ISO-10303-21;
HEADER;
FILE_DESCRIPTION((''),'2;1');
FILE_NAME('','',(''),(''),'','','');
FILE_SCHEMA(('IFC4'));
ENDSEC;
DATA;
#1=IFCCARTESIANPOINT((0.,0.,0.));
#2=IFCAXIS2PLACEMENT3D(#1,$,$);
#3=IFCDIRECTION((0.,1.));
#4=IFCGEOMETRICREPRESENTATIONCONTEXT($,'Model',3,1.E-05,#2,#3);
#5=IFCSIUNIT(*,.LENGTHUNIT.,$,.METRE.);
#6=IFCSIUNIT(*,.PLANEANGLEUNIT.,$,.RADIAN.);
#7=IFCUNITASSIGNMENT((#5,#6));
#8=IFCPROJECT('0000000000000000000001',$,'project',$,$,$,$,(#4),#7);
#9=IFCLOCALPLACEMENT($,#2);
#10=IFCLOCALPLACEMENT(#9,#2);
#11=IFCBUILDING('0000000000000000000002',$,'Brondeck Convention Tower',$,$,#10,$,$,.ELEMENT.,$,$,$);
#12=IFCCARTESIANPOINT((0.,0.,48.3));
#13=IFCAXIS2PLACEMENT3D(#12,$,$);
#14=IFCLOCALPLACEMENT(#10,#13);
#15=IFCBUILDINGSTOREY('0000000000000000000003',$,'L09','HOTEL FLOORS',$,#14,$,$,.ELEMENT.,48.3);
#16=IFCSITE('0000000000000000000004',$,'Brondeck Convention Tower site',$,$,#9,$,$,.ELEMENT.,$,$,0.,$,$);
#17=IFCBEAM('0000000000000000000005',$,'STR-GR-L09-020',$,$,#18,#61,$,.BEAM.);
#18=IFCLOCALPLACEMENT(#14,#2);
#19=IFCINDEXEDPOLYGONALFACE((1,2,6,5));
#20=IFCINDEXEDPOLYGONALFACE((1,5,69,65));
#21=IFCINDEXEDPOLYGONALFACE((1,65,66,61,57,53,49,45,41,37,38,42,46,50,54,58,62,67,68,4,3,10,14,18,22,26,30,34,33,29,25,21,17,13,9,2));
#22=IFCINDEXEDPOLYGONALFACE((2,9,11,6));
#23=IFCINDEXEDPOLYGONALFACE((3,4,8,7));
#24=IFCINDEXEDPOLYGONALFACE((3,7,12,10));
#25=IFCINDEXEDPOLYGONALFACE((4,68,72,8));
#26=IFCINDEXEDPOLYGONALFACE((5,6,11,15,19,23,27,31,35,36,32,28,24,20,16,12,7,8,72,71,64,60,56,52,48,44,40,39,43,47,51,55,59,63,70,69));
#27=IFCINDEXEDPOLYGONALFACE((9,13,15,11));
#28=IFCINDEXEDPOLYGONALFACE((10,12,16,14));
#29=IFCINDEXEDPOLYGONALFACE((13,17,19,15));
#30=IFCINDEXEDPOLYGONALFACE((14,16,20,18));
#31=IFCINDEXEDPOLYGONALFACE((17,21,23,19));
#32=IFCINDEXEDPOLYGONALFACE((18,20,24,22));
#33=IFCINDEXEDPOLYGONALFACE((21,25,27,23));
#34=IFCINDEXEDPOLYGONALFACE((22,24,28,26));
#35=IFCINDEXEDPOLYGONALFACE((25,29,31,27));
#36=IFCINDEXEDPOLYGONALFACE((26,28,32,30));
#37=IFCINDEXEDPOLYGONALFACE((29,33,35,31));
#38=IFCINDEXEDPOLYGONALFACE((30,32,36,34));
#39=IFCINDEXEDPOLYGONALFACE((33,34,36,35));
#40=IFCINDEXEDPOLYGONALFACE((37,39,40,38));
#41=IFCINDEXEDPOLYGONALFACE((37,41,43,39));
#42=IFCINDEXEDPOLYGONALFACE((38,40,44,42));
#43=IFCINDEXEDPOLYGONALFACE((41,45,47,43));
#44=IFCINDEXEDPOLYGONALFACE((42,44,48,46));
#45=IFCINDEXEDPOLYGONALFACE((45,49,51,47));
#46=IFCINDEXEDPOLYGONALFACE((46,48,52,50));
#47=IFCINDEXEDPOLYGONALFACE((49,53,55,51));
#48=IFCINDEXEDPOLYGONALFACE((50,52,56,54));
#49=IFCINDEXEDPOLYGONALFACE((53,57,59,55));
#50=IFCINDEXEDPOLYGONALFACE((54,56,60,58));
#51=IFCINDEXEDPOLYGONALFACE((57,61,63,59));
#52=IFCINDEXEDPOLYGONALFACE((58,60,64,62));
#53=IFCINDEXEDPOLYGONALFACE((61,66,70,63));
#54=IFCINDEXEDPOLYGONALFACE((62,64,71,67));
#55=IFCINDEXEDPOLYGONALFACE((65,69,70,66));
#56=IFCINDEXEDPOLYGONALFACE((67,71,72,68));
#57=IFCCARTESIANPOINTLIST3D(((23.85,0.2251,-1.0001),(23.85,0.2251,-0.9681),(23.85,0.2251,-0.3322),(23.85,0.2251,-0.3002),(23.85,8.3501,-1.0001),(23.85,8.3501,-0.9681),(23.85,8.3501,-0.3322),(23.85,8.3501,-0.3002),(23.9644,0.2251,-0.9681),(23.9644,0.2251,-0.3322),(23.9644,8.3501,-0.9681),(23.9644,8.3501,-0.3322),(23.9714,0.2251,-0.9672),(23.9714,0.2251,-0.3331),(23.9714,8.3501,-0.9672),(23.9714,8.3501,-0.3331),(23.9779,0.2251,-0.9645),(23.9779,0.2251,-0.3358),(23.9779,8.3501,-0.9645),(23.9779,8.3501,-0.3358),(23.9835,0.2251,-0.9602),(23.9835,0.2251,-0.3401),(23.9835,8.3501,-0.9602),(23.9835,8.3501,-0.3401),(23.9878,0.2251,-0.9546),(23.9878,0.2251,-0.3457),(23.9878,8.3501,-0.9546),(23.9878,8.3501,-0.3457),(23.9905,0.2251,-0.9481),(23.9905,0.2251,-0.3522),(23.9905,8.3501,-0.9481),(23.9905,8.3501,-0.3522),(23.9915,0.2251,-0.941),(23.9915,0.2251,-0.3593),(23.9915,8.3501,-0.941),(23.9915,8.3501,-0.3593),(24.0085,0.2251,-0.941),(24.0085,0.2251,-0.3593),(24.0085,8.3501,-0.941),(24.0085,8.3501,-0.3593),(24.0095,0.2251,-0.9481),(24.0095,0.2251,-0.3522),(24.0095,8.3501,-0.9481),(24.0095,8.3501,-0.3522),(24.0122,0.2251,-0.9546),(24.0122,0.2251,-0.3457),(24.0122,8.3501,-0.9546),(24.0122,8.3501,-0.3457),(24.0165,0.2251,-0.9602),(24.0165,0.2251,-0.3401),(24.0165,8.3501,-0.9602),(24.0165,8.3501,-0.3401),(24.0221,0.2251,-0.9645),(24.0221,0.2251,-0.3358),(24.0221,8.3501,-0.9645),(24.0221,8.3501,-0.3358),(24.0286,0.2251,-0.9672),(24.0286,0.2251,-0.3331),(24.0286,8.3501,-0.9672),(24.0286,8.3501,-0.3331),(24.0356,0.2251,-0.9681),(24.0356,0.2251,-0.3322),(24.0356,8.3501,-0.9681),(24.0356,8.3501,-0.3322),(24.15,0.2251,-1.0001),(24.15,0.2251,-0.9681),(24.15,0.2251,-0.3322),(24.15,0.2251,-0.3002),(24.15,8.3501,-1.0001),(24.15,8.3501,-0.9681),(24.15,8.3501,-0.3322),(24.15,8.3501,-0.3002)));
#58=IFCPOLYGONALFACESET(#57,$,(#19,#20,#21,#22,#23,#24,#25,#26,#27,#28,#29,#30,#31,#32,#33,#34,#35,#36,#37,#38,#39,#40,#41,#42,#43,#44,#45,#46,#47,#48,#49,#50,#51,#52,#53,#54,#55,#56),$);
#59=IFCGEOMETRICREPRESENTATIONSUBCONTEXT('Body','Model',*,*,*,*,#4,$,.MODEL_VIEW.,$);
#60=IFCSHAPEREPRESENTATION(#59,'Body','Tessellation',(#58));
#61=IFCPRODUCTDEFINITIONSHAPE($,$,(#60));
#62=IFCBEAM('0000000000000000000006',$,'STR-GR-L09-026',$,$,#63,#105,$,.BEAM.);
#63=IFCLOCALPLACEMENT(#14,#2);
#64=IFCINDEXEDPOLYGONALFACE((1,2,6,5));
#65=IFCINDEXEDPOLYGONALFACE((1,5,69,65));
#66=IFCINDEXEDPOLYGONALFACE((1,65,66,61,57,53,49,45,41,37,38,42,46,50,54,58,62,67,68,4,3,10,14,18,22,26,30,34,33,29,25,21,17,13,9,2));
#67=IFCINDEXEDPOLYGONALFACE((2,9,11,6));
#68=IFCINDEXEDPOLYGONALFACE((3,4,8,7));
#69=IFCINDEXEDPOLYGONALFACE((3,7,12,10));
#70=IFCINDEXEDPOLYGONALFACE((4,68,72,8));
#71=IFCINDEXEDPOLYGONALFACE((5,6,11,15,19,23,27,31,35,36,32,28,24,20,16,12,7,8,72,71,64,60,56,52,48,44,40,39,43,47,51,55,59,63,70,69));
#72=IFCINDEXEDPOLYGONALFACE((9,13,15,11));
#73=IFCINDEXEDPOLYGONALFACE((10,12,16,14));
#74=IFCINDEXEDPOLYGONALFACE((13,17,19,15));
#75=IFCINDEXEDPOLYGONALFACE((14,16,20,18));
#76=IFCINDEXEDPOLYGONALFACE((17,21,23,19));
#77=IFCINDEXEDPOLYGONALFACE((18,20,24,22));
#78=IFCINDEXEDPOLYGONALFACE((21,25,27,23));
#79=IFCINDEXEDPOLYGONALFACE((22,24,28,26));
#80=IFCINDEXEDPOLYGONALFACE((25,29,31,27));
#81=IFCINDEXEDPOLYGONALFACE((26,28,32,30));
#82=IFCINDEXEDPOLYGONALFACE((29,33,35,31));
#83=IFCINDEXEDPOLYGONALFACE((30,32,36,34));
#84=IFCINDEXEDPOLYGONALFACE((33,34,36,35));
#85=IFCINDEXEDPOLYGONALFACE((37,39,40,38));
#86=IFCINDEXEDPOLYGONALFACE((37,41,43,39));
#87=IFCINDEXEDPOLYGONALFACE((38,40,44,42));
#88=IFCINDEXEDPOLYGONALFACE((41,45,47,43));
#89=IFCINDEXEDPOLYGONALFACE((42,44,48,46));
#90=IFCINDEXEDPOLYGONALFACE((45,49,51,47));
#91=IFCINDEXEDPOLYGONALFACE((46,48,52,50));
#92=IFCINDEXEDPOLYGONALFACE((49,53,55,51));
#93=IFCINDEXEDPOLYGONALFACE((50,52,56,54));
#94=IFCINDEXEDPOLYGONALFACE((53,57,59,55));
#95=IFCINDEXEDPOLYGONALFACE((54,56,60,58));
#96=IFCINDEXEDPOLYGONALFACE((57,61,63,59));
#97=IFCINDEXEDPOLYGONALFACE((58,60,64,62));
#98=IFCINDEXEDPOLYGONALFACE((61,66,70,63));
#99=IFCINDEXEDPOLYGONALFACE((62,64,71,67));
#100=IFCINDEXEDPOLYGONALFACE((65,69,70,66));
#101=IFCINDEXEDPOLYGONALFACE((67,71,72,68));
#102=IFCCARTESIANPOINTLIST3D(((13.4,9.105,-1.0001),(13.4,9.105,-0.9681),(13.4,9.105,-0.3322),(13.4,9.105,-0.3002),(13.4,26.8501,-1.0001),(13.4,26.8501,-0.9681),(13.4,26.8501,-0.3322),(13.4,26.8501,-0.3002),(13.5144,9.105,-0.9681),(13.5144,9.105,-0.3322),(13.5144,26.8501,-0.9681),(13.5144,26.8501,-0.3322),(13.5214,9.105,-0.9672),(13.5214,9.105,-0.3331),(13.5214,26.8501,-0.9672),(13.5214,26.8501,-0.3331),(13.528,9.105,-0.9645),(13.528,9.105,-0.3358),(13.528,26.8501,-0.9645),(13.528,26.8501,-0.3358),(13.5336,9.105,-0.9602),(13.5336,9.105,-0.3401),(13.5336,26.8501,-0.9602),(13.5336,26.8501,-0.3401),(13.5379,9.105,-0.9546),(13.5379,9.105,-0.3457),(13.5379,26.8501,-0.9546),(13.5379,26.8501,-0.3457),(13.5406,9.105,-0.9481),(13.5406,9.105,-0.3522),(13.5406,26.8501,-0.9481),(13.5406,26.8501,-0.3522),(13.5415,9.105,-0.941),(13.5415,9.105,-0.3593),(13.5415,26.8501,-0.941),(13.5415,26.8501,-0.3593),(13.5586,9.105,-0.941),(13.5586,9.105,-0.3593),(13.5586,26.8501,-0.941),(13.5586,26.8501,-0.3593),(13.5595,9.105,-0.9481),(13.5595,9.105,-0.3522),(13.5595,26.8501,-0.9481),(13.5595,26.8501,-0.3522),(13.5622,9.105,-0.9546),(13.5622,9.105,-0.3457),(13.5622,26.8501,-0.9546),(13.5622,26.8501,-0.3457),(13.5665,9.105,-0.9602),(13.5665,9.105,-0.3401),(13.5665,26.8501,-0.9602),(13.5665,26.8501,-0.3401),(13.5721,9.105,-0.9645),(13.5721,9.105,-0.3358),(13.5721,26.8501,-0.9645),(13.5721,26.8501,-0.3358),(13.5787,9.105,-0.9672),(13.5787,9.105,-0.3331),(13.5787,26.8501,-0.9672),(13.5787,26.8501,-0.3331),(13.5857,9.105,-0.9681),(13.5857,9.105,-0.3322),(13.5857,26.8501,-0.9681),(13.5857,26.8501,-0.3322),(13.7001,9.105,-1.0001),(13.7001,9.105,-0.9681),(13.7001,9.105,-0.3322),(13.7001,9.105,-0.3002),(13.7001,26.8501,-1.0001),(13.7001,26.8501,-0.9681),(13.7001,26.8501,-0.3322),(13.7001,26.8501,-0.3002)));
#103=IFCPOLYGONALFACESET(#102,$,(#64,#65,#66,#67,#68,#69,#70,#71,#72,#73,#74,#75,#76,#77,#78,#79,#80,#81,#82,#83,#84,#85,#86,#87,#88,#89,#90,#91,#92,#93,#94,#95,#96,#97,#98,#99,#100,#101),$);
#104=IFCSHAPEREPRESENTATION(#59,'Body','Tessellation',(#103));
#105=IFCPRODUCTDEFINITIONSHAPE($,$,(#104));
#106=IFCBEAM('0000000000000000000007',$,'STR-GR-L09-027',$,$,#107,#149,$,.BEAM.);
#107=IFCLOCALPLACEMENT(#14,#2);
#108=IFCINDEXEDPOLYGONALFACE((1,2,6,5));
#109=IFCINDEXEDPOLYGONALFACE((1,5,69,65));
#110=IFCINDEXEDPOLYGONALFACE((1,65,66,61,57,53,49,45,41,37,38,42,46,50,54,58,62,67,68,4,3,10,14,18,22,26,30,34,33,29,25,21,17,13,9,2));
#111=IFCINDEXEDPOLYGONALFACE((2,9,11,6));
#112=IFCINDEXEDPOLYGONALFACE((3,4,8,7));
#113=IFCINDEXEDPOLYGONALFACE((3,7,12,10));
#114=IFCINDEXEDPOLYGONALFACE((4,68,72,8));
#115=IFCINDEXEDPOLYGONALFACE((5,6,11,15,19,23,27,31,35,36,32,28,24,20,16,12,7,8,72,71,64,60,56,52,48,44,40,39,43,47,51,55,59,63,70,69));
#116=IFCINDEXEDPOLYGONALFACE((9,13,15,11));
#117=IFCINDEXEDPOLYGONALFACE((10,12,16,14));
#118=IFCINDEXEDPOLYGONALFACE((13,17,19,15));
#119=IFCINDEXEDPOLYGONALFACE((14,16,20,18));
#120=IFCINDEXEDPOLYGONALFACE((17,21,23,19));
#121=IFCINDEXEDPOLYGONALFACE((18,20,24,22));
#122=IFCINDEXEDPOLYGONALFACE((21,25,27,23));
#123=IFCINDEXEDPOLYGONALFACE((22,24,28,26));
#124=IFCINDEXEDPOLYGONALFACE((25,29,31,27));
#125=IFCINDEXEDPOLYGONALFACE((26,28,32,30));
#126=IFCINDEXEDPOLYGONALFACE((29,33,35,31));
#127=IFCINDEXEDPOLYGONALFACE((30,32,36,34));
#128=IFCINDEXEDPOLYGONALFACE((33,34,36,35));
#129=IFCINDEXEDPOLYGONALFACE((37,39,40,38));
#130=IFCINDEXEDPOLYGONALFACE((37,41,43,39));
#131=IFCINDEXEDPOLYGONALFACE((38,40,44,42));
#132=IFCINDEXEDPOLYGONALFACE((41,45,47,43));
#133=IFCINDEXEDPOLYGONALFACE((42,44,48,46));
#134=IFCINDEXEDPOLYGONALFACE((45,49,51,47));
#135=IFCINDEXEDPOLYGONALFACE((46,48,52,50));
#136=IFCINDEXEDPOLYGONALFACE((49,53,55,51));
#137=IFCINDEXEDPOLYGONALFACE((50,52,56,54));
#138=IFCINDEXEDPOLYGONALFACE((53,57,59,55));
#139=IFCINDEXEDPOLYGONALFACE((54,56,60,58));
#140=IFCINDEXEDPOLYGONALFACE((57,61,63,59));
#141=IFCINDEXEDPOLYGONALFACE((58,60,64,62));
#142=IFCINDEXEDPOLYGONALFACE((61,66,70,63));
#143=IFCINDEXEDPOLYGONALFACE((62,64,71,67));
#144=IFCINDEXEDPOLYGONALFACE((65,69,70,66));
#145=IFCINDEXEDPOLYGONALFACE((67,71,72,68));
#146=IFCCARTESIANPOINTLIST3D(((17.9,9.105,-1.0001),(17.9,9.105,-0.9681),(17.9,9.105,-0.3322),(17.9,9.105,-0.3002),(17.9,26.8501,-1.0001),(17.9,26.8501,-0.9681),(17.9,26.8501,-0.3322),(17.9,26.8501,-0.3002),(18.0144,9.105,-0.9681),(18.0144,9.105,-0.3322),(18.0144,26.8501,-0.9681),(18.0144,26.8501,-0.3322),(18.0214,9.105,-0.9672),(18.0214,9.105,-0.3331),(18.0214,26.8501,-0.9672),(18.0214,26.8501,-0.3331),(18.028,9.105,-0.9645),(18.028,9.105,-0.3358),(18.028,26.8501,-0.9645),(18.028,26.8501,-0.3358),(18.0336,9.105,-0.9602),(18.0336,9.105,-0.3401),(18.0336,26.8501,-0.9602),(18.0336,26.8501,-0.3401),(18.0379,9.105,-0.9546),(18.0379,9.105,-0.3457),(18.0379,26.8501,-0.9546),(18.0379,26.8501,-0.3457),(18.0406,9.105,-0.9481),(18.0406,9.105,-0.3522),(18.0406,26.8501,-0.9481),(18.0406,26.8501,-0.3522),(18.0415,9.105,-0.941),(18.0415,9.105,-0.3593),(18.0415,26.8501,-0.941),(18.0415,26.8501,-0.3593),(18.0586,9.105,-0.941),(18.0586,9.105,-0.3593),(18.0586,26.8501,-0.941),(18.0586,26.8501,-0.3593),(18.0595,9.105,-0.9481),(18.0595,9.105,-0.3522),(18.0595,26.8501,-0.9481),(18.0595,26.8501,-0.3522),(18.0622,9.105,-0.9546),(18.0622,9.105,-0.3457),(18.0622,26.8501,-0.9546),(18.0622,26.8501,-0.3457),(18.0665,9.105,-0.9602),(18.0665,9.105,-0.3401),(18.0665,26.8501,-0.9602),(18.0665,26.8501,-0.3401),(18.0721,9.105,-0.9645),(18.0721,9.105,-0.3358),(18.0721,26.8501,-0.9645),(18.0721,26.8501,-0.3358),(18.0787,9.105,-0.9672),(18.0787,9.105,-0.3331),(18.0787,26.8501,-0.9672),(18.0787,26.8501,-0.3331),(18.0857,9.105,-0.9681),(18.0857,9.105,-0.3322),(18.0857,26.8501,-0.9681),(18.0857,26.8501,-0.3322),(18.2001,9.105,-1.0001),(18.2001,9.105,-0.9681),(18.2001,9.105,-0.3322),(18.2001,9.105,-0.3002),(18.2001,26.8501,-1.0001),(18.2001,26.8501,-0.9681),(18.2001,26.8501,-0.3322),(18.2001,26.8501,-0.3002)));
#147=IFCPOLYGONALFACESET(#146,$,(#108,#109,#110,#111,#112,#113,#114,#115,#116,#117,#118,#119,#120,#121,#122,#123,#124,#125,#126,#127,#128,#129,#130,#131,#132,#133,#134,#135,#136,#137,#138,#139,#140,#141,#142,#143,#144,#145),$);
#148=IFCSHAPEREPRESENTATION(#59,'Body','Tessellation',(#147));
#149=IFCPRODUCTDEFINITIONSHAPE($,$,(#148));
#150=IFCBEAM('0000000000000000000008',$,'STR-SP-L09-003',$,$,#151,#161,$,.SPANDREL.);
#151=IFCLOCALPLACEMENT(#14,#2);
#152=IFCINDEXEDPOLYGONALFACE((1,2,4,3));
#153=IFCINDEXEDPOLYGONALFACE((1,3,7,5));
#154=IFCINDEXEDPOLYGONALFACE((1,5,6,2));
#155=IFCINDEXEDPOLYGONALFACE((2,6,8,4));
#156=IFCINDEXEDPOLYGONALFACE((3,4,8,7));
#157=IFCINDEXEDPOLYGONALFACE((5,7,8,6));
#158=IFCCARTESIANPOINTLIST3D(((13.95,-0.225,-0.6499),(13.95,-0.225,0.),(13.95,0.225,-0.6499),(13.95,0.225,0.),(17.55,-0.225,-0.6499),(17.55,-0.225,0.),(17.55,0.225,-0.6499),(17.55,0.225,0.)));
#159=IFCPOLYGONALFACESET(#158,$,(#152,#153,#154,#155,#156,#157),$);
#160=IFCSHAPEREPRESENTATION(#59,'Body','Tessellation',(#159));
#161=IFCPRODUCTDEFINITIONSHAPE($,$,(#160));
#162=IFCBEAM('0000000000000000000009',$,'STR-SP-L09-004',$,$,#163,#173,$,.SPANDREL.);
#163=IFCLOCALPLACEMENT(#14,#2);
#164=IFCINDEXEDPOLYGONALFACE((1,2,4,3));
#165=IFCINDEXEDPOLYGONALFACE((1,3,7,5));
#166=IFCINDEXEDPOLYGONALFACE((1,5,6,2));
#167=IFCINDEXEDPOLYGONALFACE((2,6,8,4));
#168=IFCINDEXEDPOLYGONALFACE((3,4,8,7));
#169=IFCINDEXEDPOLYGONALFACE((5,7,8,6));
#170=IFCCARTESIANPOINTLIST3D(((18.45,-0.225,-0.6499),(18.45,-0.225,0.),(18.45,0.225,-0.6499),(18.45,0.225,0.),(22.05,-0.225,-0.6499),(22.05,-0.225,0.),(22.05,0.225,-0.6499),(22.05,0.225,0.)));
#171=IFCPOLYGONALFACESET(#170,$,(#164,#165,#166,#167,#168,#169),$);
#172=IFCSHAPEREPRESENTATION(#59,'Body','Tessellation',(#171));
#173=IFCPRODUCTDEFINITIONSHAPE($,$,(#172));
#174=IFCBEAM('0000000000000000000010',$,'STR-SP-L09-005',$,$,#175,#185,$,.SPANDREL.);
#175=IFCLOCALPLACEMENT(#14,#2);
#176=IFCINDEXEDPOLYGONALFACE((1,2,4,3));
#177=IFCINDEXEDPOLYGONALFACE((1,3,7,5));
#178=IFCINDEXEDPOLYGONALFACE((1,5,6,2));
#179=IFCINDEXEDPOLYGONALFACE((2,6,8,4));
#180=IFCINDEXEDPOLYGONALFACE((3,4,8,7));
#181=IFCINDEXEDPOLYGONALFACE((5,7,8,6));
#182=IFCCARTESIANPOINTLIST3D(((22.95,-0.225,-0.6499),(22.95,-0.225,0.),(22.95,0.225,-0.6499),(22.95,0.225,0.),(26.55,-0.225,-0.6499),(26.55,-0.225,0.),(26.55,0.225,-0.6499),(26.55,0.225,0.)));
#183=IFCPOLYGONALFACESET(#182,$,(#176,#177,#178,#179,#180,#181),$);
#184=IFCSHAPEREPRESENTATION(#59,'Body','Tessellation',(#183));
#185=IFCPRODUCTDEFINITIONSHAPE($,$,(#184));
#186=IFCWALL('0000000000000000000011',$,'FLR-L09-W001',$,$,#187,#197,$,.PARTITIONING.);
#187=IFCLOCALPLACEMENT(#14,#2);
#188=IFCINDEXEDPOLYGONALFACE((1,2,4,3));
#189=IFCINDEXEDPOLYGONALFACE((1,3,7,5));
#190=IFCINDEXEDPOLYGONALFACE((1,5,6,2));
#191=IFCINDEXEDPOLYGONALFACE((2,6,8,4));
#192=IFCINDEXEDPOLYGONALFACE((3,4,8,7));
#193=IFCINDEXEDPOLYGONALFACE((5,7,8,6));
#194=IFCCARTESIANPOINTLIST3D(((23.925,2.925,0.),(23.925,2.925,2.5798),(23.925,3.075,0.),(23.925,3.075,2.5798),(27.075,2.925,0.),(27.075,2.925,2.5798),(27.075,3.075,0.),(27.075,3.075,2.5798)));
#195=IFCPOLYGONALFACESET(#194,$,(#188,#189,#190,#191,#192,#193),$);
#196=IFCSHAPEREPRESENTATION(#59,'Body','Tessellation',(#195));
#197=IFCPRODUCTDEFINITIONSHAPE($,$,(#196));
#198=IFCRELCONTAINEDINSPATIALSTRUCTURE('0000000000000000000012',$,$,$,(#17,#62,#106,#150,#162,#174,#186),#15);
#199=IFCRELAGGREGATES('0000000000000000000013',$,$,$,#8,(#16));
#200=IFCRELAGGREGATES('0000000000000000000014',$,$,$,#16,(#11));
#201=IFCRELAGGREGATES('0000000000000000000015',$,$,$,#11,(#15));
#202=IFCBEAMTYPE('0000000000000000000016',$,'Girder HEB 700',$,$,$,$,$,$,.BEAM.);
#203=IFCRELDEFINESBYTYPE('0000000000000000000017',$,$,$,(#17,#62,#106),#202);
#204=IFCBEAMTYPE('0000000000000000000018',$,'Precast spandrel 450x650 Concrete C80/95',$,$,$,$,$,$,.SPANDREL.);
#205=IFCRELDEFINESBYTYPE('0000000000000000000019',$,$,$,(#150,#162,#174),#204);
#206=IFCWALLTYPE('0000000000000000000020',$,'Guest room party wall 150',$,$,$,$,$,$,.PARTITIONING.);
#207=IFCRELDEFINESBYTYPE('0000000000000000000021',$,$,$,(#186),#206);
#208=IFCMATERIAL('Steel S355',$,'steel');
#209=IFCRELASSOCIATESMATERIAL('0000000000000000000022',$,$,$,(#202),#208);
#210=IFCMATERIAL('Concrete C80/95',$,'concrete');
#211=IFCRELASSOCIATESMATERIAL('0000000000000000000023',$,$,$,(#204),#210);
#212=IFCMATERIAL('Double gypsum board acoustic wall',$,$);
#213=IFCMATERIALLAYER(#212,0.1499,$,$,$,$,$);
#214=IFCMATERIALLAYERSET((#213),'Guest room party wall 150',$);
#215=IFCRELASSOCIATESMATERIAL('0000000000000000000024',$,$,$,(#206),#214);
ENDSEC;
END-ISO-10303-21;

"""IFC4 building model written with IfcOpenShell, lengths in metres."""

from ifc_helpers import new_model, si_unit, direction, frame, frame_2d, origin, origin_2d, place, context, subcontext, project, spatial, rectangle, i_section, extrude, material, layer, layer_set, material_profile, profile_set, type_object, element, save


model = new_model("IFC4")

# Units and contexts
model_context = context("Model", 3, precision=1e-05, world=origin(), true_north=direction((0.0, 1.0)))
body_context = subcontext(model_context, "Body", "Model", "MODEL_VIEW")
ifc_project = project(units=[si_unit("LENGTHUNIT", "METRE"), si_unit("PLANEANGLEUNIT", "RADIAN")], contexts=[model_context])

# Site, building, storey
site_placement = place(None, origin())
site = spatial("IfcSite", under=ifc_project, at=site_placement, Name="Brondeck Convention Tower site", CompositionType="ELEMENT", RefElevation=0.0)
building_placement = place(site_placement, origin())
building = spatial("IfcBuilding", under=site, at=building_placement, Name="Brondeck Convention Tower", CompositionType="ELEMENT")
storey_placement = place(building_placement, frame((0.0, 0.0, 48.3)))
storey = spatial("IfcBuildingStorey", under=building, at=storey_placement, Name="L09", Description="HOTEL FLOORS", CompositionType="ELEMENT", Elevation=48.3)

# Shared definitions
ifc_material_1 = material(Name="Concrete C80/95", Category="concrete")

# Beams
ifc_material_2 = material(Name="Steel S355", Category="steel")
ifc_material_profile_1 = material_profile(ifc_material_2, i_section(OverallWidth=0.3, OverallDepth=0.7, WebThickness=0.0171, FlangeThickness=0.032, FilletRadius=0.0271, at=origin_2d()), Name="HEB 700")
ifc_profile_set_1 = profile_set([ifc_material_profile_1], Name="Steel S355")
beam_type_1 = type_object("IfcBeamType", Name="Girder HEB 700", PredefinedType="BEAM", material=ifc_profile_set_1)
beam_1_placement = place(storey_placement, frame((24.0, 8.3501, -0.6501), z_axis=(0.0, -1.0, 0.0), x_axis=(1.0, 0.0, 0.0)))
element("IfcBeam", 1, at=beam_1_placement, inside=storey, type_object=beam_type_1, Name="STR-GR-L09-020", PredefinedType="BEAM", context=body_context, shape_type="SweptSolid", body=[
    extrude(i_section(OverallWidth=0.3, OverallDepth=0.7, WebThickness=0.0171, FlangeThickness=0.032, FilletRadius=0.0271, at=origin_2d()), origin(), (0.0, 0.0, 1.0), 8.125),
])
for number, where, z_axis, x_axis, name in (
    (2, (13.55, 9.105, -0.6501), (0.0, 1.0, 0.0), (-1.0, 0.0, 0.0), "STR-GR-L09-026"),
    (3, (18.05, 9.105, -0.6501), (0.0, 1.0, 0.0), (-1.0, 0.0, 0.0), "STR-GR-L09-027"),
):
    element("IfcBeam", number, at=place(storey_placement, frame(where, z_axis=z_axis, x_axis=x_axis)), inside=storey, type_object=beam_type_1, Name=name, PredefinedType="BEAM", context=body_context, shape_type="SweptSolid", body=[
        extrude(i_section(OverallWidth=0.3, OverallDepth=0.7, WebThickness=0.0171, FlangeThickness=0.032, FilletRadius=0.0271, at=origin_2d()), origin(), (0.0, 0.0, 1.0), 17.7451),
    ])
ifc_material_profile_2 = material_profile(ifc_material_1, rectangle(XDim=0.45, YDim=0.6499, at=origin_2d()), Name="Precast spandrel 450x650 Concrete C80/95")
ifc_profile_set_2 = profile_set([ifc_material_profile_2], Name="Concrete C80/95")
beam_type_2 = type_object("IfcBeamType", Name="Precast spandrel 450x650 Concrete C80/95", PredefinedType="SPANDREL", material=ifc_profile_set_2)
for number, where, z_axis, x_axis, name in (
    (4, (13.95, 0.0, -0.325), (1.0, 0.0, 0.0), (0.0, 1.0, 0.0), "STR-SP-L09-003"),
    (5, (18.45, 0.0, -0.325), (1.0, 0.0, 0.0), (0.0, 1.0, 0.0), "STR-SP-L09-004"),
    (6, (22.95, 0.0, -0.325), (1.0, 0.0, 0.0), (0.0, 1.0, 0.0), "STR-SP-L09-005"),
):
    element("IfcBeam", number, at=place(storey_placement, frame(where, z_axis=z_axis, x_axis=x_axis)), inside=storey, type_object=beam_type_2, Name=name, PredefinedType="SPANDREL", context=body_context, shape_type="SweptSolid", body=[
        extrude(rectangle(XDim=0.45, YDim=0.6499, at=origin_2d()), origin(), (0.0, 0.0, 1.0), 3.6001),
    ])

# Wall
ifc_material_3 = material(Name="Double gypsum board acoustic wall")
ifc_layer_1 = layer(ifc_material_3, 0.1499)
ifc_layer_set_1 = layer_set([ifc_layer_1], Name="Guest room party wall 150")
wall_type_1 = type_object("IfcWallType", Name="Guest room party wall 150", PredefinedType="PARTITIONING", material=ifc_layer_set_1)
wall_1_placement = place(storey_placement, frame((23.925, 3.0, 0.0), z_axis=(0.0, 0.0, 1.0), x_axis=(1.0, 0.0, 0.0)))
element("IfcWall", 7, at=wall_1_placement, inside=storey, type_object=wall_type_1, Name="FLR-L09-W001", PredefinedType="PARTITIONING", context=body_context, shape_type="SweptSolid", body=[
    extrude(rectangle(XDim=3.1499, YDim=0.1499, at=frame_2d((1.575, 0.0))), origin(), (0.0, 0.0, 1.0), 2.5798),
])

save(model, "model.ifc")
